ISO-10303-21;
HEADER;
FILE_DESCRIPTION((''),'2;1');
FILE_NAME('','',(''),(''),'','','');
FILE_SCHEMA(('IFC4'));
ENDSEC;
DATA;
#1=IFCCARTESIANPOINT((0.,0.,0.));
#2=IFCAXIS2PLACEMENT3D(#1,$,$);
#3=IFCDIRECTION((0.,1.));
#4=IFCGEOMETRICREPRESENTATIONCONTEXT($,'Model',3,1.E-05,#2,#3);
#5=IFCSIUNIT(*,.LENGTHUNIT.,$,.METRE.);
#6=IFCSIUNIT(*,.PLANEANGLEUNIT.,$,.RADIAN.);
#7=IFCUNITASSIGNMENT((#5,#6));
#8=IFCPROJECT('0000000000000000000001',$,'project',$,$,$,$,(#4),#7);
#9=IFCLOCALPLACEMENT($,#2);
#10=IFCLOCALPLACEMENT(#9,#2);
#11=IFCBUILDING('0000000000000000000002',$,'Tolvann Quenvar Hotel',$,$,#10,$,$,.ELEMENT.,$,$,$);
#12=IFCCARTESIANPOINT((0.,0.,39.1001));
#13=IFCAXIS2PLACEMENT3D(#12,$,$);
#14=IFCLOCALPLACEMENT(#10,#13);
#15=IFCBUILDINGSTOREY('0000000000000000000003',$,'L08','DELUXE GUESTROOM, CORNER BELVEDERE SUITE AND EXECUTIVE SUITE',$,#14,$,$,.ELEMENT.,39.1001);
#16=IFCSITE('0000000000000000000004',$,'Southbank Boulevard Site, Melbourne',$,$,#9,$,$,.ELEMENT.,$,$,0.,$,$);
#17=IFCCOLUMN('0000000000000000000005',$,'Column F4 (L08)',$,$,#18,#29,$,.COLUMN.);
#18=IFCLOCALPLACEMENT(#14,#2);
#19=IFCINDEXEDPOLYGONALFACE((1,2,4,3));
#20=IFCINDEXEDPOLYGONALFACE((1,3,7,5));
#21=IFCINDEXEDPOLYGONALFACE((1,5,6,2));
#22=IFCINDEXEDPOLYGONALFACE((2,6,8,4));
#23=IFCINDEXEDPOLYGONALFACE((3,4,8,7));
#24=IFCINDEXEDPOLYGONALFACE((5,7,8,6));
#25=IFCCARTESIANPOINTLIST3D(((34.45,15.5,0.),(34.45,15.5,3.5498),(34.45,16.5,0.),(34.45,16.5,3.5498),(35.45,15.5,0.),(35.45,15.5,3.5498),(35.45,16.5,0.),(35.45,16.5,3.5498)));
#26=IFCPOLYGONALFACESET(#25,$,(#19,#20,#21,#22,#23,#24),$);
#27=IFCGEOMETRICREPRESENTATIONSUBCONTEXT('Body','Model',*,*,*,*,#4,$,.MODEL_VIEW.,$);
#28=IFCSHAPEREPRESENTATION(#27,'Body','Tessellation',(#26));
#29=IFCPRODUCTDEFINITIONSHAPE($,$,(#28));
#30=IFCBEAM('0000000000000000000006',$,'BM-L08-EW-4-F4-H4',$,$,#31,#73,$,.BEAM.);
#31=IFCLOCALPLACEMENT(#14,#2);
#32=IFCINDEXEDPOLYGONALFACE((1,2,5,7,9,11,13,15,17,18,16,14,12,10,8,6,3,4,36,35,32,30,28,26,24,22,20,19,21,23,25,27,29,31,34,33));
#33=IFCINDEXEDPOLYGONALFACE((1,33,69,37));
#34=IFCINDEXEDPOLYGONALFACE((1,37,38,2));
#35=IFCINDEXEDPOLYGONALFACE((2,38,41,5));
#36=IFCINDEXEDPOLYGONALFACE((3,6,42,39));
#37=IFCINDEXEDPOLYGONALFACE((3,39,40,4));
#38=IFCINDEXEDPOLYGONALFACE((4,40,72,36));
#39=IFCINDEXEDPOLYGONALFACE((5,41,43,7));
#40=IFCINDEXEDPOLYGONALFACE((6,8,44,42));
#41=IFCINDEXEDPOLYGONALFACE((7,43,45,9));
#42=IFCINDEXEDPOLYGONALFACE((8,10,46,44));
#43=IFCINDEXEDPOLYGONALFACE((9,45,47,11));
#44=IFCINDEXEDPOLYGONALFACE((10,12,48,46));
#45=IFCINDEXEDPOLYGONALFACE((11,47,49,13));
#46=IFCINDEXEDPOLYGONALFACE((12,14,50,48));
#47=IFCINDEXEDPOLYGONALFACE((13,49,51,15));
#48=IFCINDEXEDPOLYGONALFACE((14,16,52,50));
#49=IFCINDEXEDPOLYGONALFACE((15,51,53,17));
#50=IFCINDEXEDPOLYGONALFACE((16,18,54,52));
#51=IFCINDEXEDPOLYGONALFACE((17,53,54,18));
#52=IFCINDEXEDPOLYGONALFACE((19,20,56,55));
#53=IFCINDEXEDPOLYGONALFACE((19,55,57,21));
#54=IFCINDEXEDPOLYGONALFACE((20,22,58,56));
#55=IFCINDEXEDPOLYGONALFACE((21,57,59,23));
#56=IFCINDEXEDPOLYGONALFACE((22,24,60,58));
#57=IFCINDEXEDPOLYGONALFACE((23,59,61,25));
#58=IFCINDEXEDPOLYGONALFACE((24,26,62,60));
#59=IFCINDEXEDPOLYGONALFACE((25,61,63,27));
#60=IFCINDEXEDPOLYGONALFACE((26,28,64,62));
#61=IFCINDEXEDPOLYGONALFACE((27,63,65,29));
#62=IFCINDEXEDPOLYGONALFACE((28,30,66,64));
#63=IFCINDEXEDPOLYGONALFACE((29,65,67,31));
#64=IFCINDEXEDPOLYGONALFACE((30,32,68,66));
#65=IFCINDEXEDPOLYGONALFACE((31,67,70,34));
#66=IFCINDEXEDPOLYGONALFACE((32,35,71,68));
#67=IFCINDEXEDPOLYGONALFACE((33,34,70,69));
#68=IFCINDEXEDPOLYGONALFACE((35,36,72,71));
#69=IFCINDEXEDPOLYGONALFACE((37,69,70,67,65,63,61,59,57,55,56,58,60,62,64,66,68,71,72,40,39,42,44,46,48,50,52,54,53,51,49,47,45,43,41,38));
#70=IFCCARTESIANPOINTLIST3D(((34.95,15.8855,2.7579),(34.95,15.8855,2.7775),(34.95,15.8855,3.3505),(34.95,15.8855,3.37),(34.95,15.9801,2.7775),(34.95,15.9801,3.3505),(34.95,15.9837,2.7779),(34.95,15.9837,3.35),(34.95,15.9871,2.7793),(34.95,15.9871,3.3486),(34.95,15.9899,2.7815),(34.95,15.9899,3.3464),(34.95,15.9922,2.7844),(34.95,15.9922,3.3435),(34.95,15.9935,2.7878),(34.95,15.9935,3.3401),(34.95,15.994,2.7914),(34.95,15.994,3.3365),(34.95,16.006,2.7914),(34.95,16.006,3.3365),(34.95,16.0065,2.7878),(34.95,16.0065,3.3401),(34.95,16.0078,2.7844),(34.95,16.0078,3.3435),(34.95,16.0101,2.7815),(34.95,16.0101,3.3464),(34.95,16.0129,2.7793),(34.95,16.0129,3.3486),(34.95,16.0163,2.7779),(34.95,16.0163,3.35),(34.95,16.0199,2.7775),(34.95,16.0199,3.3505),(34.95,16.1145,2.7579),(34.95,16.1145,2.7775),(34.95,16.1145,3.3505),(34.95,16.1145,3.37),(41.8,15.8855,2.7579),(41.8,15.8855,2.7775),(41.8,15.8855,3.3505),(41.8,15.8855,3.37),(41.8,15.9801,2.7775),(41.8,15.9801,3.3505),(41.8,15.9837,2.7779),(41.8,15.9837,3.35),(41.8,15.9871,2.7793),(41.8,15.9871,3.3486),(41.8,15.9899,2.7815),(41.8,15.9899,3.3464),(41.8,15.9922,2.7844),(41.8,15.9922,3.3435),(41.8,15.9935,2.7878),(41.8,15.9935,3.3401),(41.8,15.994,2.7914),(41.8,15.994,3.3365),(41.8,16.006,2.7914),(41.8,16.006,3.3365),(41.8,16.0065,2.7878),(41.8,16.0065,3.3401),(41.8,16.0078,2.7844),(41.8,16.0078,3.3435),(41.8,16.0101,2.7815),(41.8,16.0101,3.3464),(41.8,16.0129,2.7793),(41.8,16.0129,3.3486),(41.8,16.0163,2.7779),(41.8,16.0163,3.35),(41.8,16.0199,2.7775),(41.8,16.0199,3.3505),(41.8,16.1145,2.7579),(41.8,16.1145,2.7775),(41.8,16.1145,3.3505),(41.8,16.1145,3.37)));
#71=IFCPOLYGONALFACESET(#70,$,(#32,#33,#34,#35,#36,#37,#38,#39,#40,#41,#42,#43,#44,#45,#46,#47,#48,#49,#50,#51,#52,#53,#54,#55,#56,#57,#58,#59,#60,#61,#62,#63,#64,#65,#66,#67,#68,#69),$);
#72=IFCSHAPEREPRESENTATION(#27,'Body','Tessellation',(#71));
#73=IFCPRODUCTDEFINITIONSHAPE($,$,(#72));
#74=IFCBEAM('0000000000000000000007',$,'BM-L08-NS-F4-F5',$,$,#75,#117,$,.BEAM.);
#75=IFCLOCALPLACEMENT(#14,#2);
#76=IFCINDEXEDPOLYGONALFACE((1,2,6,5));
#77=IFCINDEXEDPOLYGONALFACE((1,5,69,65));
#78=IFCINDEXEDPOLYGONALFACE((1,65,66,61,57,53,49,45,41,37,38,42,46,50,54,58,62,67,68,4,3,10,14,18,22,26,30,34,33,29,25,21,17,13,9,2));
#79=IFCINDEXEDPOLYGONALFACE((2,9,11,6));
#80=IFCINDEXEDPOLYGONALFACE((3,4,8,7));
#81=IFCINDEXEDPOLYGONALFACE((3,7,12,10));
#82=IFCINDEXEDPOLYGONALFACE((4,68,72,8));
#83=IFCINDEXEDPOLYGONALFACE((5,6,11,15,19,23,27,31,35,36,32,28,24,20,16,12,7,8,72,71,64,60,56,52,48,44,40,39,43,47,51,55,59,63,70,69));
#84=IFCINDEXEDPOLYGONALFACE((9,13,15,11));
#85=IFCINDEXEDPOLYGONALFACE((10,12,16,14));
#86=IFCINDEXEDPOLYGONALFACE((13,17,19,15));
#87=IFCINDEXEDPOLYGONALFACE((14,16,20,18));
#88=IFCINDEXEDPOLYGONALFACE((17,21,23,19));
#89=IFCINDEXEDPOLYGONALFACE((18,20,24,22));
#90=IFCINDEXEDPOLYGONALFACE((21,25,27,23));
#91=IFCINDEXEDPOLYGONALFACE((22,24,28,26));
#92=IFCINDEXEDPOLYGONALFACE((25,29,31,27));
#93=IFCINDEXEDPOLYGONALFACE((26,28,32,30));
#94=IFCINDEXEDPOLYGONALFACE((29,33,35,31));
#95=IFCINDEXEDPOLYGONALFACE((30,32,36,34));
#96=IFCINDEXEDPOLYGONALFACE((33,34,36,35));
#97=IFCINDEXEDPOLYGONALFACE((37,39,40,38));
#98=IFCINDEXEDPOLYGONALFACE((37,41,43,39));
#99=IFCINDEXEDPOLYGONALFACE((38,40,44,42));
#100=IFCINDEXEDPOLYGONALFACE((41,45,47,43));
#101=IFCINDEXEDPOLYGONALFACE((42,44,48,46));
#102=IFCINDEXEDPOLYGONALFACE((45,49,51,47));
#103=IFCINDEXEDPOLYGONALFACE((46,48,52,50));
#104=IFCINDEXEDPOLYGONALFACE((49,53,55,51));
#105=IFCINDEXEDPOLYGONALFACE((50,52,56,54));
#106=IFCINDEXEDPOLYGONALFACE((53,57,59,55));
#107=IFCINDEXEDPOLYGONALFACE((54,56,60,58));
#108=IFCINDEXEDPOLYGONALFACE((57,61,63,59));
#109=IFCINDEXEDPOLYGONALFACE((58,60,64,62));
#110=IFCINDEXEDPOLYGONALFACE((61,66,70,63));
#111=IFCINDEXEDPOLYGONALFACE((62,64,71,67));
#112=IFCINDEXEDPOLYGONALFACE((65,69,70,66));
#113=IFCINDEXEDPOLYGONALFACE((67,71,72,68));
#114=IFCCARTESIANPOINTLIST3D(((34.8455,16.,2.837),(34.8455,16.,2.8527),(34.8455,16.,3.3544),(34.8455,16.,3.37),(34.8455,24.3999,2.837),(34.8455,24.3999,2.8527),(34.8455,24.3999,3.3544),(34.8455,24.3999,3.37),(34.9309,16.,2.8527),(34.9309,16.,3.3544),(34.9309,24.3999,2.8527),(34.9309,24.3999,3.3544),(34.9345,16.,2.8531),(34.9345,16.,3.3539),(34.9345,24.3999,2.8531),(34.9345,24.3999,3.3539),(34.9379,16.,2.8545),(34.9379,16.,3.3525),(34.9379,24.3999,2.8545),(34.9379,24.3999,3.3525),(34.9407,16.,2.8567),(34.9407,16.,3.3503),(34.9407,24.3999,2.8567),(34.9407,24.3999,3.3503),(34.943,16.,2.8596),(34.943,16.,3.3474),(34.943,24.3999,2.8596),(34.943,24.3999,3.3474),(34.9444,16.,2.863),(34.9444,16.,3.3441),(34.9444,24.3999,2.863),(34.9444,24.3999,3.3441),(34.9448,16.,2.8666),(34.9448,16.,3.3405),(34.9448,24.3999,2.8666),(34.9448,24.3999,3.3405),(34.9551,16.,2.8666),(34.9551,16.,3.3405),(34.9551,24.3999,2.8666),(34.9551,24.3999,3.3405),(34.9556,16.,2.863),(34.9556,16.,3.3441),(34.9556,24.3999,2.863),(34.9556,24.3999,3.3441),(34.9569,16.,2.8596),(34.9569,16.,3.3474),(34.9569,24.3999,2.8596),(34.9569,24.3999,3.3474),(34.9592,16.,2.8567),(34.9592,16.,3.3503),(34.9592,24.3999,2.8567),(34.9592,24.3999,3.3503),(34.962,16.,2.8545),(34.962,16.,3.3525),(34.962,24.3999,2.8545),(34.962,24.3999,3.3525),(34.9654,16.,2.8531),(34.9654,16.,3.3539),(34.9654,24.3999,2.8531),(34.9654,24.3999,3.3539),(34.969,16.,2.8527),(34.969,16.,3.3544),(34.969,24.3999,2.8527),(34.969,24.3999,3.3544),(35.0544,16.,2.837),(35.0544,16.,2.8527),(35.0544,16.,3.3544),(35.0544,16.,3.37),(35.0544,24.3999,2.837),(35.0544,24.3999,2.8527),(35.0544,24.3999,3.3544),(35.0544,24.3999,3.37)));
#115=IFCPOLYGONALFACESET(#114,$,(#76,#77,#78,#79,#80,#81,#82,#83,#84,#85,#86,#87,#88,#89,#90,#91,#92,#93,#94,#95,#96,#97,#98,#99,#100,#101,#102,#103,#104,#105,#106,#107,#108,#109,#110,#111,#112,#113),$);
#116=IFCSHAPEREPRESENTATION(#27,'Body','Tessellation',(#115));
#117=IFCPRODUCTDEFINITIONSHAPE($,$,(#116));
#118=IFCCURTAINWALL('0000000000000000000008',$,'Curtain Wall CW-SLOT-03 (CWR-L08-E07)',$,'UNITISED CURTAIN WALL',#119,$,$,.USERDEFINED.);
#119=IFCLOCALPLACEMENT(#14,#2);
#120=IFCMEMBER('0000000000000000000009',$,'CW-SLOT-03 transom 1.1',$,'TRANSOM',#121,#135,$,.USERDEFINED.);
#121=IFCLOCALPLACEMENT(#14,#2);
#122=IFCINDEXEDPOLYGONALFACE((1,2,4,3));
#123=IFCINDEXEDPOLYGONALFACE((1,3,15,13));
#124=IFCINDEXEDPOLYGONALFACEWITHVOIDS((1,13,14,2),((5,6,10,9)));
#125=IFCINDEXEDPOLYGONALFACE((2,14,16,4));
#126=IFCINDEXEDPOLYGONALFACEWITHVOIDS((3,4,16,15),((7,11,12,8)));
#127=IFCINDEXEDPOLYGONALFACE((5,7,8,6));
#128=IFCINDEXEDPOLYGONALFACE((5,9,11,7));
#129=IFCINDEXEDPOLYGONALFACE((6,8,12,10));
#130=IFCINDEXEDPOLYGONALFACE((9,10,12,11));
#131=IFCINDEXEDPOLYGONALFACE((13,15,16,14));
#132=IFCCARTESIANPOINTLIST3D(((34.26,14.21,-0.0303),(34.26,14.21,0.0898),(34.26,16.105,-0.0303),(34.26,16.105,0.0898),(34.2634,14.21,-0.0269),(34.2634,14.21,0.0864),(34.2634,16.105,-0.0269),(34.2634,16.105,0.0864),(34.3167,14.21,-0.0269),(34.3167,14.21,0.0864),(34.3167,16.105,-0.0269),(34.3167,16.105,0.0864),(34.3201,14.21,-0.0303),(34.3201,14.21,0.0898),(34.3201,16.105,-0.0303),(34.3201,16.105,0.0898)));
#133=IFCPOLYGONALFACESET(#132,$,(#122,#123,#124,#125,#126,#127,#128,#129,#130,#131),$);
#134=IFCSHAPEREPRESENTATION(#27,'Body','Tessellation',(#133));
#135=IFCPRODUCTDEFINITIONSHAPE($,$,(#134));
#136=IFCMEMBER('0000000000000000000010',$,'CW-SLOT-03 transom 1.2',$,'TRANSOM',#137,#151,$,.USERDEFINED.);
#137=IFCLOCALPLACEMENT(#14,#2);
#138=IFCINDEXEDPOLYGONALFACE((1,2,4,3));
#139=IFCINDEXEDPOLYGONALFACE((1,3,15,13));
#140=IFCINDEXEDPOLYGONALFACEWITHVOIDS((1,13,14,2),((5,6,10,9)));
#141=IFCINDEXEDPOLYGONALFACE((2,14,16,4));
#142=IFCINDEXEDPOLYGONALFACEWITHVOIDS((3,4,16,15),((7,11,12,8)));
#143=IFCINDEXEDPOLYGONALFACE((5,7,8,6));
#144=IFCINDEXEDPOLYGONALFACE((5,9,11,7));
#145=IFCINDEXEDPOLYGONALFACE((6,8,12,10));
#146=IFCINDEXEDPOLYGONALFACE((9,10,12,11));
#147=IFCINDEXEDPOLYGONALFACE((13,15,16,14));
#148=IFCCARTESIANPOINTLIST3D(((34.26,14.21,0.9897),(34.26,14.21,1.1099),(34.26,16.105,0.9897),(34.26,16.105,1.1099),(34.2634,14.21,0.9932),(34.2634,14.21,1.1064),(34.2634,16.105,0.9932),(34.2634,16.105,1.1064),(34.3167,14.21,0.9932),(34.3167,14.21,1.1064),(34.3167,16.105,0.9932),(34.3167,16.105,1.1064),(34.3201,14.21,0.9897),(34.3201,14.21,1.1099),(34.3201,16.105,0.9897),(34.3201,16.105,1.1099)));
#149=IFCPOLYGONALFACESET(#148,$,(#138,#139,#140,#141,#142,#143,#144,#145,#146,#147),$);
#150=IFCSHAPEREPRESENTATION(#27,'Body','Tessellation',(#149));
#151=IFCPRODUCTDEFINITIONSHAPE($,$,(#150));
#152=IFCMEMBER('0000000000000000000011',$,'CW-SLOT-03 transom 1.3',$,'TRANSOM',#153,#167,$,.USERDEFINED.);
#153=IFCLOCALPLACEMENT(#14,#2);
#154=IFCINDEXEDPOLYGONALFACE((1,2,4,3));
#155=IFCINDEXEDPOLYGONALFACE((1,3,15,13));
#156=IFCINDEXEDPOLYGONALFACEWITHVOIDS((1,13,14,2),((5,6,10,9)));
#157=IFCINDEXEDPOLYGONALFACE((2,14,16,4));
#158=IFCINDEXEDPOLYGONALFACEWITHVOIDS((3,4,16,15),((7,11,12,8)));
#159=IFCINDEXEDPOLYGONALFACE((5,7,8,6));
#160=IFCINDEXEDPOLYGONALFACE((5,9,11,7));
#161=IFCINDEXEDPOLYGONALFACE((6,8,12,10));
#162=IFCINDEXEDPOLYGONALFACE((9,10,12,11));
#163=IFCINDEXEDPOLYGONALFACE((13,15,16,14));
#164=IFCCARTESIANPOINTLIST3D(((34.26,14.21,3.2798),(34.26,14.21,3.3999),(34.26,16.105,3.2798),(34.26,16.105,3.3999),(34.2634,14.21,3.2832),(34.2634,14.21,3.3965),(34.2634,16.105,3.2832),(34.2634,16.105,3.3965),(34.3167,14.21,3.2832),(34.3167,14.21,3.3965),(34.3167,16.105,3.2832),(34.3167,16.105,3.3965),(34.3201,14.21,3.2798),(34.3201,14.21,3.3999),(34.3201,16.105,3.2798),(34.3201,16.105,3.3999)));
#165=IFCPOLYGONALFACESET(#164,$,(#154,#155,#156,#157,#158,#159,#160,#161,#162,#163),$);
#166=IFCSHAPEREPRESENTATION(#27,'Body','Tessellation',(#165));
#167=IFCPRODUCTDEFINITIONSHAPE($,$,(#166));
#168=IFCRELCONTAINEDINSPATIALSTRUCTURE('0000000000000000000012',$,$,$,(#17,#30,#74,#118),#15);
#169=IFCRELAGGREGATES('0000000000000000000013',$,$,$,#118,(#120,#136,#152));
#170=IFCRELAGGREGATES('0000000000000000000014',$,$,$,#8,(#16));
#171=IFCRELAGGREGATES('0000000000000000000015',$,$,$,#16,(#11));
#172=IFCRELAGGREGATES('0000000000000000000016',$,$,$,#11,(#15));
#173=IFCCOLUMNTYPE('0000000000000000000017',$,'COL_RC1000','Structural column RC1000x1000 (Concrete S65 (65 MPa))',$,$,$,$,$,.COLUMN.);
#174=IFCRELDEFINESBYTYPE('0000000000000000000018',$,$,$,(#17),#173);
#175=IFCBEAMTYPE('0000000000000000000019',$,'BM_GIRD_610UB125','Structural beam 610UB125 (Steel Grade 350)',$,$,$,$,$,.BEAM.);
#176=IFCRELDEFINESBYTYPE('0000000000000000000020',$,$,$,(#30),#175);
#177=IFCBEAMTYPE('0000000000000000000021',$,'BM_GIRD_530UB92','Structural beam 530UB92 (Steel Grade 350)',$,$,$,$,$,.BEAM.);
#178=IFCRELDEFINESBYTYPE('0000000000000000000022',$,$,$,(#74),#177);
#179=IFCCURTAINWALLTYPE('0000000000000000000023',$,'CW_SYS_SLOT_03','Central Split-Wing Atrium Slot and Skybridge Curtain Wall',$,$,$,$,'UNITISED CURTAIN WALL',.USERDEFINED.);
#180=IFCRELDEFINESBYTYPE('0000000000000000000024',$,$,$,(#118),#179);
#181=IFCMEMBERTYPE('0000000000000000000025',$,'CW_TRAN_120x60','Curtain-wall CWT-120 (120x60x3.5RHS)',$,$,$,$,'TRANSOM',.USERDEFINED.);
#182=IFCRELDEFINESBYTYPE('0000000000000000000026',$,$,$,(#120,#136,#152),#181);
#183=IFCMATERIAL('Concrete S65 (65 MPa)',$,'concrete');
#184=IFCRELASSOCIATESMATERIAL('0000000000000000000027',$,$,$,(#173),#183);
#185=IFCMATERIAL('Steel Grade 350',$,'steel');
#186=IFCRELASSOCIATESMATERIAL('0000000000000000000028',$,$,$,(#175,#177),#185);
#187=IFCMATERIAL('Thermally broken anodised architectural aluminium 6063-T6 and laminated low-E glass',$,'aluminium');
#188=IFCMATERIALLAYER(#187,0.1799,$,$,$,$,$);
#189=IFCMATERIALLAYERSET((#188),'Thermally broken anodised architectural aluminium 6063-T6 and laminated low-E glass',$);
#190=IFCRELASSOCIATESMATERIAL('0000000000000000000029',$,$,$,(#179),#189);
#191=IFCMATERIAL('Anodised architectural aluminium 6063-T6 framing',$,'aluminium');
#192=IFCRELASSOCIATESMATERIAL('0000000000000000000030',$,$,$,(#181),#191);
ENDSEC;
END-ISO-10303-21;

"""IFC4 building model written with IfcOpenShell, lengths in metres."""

from ifc_helpers import new_model, si_unit, direction, frame, origin, origin_2d, place, context, subcontext, project, spatial, rectangle, hollow_rectangle, i_section, extrude, source, transform, mapped, material, layer, layer_set, material_profile, profile_set, type_object, type_shapes, element, aggregate, save


model = new_model("IFC4")

# Units and contexts
model_context = context("Model", 3, precision=1e-05, world=origin(), true_north=direction((0.0, 1.0)))
body_context = subcontext(model_context, "Body", "Model", "MODEL_VIEW")
ifc_project = project(units=[si_unit("LENGTHUNIT", "METRE"), si_unit("PLANEANGLEUNIT", "RADIAN")], contexts=[model_context])

# Site, building, storey
site_placement = place(None, origin())
site = spatial("IfcSite", under=ifc_project, at=site_placement, Name="Southbank Boulevard Site, Melbourne", CompositionType="ELEMENT", RefElevation=0.0)
building_placement = place(site_placement, origin())
building = spatial("IfcBuilding", under=site, at=building_placement, Name="Tolvann Quenvar Hotel", CompositionType="ELEMENT")
storey_placement = place(building_placement, frame((0.0, 0.0, 39.1001)))
storey = spatial("IfcBuildingStorey", under=building, at=storey_placement, Name="L08", Description="DELUXE GUESTROOM, CORNER BELVEDERE SUITE AND EXECUTIVE SUITE", CompositionType="ELEMENT", Elevation=39.1001)

# Column
ifc_material_1 = material(Name="Concrete S65 (65 MPa)", Category="concrete")
ifc_material_profile_1 = material_profile(ifc_material_1, rectangle(XDim=1.0, YDim=1.0, at=origin_2d()), Name="RC1000x1000")
ifc_profile_set_1 = profile_set([ifc_material_profile_1], Name="Concrete S65 (65 MPa)")
column_type = type_object("IfcColumnType", Name="COL_RC1000", Description="Structural column RC1000x1000 (Concrete S65 (65 MPa))", PredefinedType="COLUMN", material=ifc_profile_set_1)
shared_shape_1 = source(origin(), body_context, "Body", "SweptSolid", [
    extrude(rectangle(XDim=1.0, YDim=1.0, at=origin_2d()), origin(), (0.0, 0.0, 1.0), 3.5498),
])
type_shapes(column_type, [shared_shape_1])
column_placement = place(storey_placement, frame((34.95, 16.0, 0.0), z_axis=(0.0, 0.0, 1.0), x_axis=(1.0, 0.0, 0.0)))
element("IfcColumn", 1, at=column_placement, inside=storey, type_object=column_type, Name="Column F4 (L08)", PredefinedType="COLUMN", context=body_context, shape_type="MappedRepresentation", body=[
    mapped(shared_shape_1, transform((0.0, 0.0, 0.0), x_axis=(1.0, 0.0, 0.0), y_axis=(0.0, 1.0, 0.0), z_axis=(0.0, 0.0, 1.0), scale=1.0)),
])

# Beams
ifc_material_2 = material(Name="Steel Grade 350", Category="steel")
ifc_material_profile_2 = material_profile(ifc_material_2, i_section(OverallWidth=0.229, OverallDepth=0.6121, WebThickness=0.012, FlangeThickness=0.0195, FilletRadius=0.0139, at=origin_2d()), Name="610UB125")
ifc_profile_set_2 = profile_set([ifc_material_profile_2], Name="Steel Grade 350")
beam_type_1 = type_object("IfcBeamType", Name="BM_GIRD_610UB125", Description="Structural beam 610UB125 (Steel Grade 350)", PredefinedType="BEAM", material=ifc_profile_set_2)
shared_shape_2 = source(origin(), body_context, "Body", "SweptSolid", [
    extrude(i_section(OverallWidth=0.229, OverallDepth=0.6121, WebThickness=0.012, FlangeThickness=0.0195, FilletRadius=0.0139, at=origin_2d()), origin(), (0.0, 0.0, 1.0), 6.8501),
])
type_shapes(beam_type_1, [shared_shape_2])
beam_1_placement = place(storey_placement, frame((34.95, 16.0, 3.064), z_axis=(1.0, 0.0, 0.0), x_axis=(0.0, 1.0, 0.0)))
element("IfcBeam", 2, at=beam_1_placement, inside=storey, type_object=beam_type_1, Name="BM-L08-EW-4-F4-H4", PredefinedType="BEAM", context=body_context, shape_type="MappedRepresentation", body=[
    mapped(shared_shape_2, transform((0.0, 0.0, 0.0), x_axis=(1.0, 0.0, 0.0), y_axis=(0.0, 1.0, 0.0), z_axis=(0.0, 0.0, 1.0), scale=1.0)),
])
ifc_material_profile_3 = material_profile(ifc_material_2, i_section(OverallWidth=0.209, OverallDepth=0.533, WebThickness=0.0103, FlangeThickness=0.0156, FilletRadius=0.0139, at=origin_2d()), Name="530UB92")
ifc_profile_set_3 = profile_set([ifc_material_profile_3], Name="Steel Grade 350")
beam_type_2 = type_object("IfcBeamType", Name="BM_GIRD_530UB92", Description="Structural beam 530UB92 (Steel Grade 350)", PredefinedType="BEAM", material=ifc_profile_set_3)
shared_shape_3 = source(origin(), body_context, "Body", "SweptSolid", [
    extrude(i_section(OverallWidth=0.209, OverallDepth=0.533, WebThickness=0.0103, FlangeThickness=0.0156, FilletRadius=0.0139, at=origin_2d()), origin(), (0.0, 0.0, 1.0), 8.3999),
])
type_shapes(beam_type_2, [shared_shape_3])
beam_2_placement = place(storey_placement, frame((34.95, 16.0, 3.1035), z_axis=(0.0, 1.0, 0.0), x_axis=(-1.0, 0.0, 0.0)))
element("IfcBeam", 3, at=beam_2_placement, inside=storey, type_object=beam_type_2, Name="BM-L08-NS-F4-F5", PredefinedType="BEAM", context=body_context, shape_type="MappedRepresentation", body=[
    mapped(shared_shape_3, transform((0.0, 0.0, 0.0), x_axis=(1.0, 0.0, 0.0), y_axis=(0.0, 1.0, 0.0), z_axis=(0.0, 0.0, 1.0), scale=1.0)),
])

# Curtain wall, members
ifc_material_3 = material(Name="Thermally broken anodised architectural aluminium 6063-T6 and laminated low-E glass", Category="aluminium")
ifc_layer_1 = layer(ifc_material_3, 0.1799)
ifc_layer_set_1 = layer_set([ifc_layer_1], Name="Thermally broken anodised architectural aluminium 6063-T6 and laminated low-E glass")
curtain_wall_type = type_object("IfcCurtainWallType", Name="CW_SYS_SLOT_03", Description="Central Split-Wing Atrium Slot and Skybridge Curtain Wall", ElementType="UNITISED CURTAIN WALL", PredefinedType="USERDEFINED", material=ifc_layer_set_1)
curtain_wall_placement = place(storey_placement, origin())
curtain_wall = element("IfcCurtainWall", 4, at=curtain_wall_placement, inside=storey, type_object=curtain_wall_type, Name="Curtain Wall CW-SLOT-03 (CWR-L08-E07)", ObjectType="UNITISED CURTAIN WALL", PredefinedType="USERDEFINED")
ifc_material_4 = material(Name="Anodised architectural aluminium 6063-T6 framing", Category="aluminium")
ifc_material_profile_4 = material_profile(ifc_material_4, hollow_rectangle(XDim=0.0601, YDim=0.1201, WallThickness=0.0034, at=origin_2d()), Name="120x60x3.5RHS")
ifc_profile_set_4 = profile_set([ifc_material_profile_4], Name="Anodised architectural aluminium 6063-T6 framing")
member_type_1 = type_object("IfcMemberType", Name="CW_TRAN_120x60", Description="Curtain-wall CWT-120 (120x60x3.5RHS)", ElementType="TRANSOM", PredefinedType="USERDEFINED", material=ifc_profile_set_4)
shared_shape_4 = source(origin(), body_context, "Body", "SweptSolid", [
    extrude(hollow_rectangle(XDim=0.0601, YDim=0.1201, WallThickness=0.0034, at=origin_2d()), origin(), (0.0, 0.0, 1.0), 1.895),
])
type_shapes(member_type_1, [shared_shape_4])
member_1_placement = place(storey_placement, frame((34.29, 16.105, 0.0298), z_axis=(0.0, -1.0, 0.0), x_axis=(1.0, 0.0, 0.0)))
member_1 = element("IfcMember", 5, at=member_1_placement, type_object=member_type_1, Name="CW-SLOT-03 transom 1.1", ObjectType="TRANSOM", PredefinedType="USERDEFINED", context=body_context, shape_type="MappedRepresentation", body=[
    mapped(shared_shape_4, transform((0.0, 0.0, 0.0), x_axis=(1.0, 0.0, 0.0), y_axis=(0.0, 1.0, 0.0), z_axis=(0.0, 0.0, 1.0), scale=1.0)),
])
member_2_placement = place(storey_placement, frame((34.29, 16.105, 1.0498), z_axis=(0.0, -1.0, 0.0), x_axis=(1.0, 0.0, 0.0)))
member_2 = element("IfcMember", 6, at=member_2_placement, type_object=member_type_1, Name="CW-SLOT-03 transom 1.2", ObjectType="TRANSOM", PredefinedType="USERDEFINED", context=body_context, shape_type="MappedRepresentation", body=[
    mapped(shared_shape_4, transform((0.0, 0.0, 0.0), x_axis=(1.0, 0.0, 0.0), y_axis=(0.0, 1.0, 0.0), z_axis=(0.0, 0.0, 1.0), scale=1.0)),
])
member_3_placement = place(storey_placement, frame((34.29, 16.105, 3.3398), z_axis=(0.0, -1.0, 0.0), x_axis=(1.0, 0.0, 0.0)))
member_3 = element("IfcMember", 7, at=member_3_placement, type_object=member_type_1, Name="CW-SLOT-03 transom 1.3", ObjectType="TRANSOM", PredefinedType="USERDEFINED", context=body_context, shape_type="MappedRepresentation", body=[
    mapped(shared_shape_4, transform((0.0, 0.0, 0.0), x_axis=(1.0, 0.0, 0.0), y_axis=(0.0, 1.0, 0.0), z_axis=(0.0, 0.0, 1.0), scale=1.0)),
])
aggregate(curtain_wall, [member_1, member_2, member_3])

save(model, "model.ifc")
